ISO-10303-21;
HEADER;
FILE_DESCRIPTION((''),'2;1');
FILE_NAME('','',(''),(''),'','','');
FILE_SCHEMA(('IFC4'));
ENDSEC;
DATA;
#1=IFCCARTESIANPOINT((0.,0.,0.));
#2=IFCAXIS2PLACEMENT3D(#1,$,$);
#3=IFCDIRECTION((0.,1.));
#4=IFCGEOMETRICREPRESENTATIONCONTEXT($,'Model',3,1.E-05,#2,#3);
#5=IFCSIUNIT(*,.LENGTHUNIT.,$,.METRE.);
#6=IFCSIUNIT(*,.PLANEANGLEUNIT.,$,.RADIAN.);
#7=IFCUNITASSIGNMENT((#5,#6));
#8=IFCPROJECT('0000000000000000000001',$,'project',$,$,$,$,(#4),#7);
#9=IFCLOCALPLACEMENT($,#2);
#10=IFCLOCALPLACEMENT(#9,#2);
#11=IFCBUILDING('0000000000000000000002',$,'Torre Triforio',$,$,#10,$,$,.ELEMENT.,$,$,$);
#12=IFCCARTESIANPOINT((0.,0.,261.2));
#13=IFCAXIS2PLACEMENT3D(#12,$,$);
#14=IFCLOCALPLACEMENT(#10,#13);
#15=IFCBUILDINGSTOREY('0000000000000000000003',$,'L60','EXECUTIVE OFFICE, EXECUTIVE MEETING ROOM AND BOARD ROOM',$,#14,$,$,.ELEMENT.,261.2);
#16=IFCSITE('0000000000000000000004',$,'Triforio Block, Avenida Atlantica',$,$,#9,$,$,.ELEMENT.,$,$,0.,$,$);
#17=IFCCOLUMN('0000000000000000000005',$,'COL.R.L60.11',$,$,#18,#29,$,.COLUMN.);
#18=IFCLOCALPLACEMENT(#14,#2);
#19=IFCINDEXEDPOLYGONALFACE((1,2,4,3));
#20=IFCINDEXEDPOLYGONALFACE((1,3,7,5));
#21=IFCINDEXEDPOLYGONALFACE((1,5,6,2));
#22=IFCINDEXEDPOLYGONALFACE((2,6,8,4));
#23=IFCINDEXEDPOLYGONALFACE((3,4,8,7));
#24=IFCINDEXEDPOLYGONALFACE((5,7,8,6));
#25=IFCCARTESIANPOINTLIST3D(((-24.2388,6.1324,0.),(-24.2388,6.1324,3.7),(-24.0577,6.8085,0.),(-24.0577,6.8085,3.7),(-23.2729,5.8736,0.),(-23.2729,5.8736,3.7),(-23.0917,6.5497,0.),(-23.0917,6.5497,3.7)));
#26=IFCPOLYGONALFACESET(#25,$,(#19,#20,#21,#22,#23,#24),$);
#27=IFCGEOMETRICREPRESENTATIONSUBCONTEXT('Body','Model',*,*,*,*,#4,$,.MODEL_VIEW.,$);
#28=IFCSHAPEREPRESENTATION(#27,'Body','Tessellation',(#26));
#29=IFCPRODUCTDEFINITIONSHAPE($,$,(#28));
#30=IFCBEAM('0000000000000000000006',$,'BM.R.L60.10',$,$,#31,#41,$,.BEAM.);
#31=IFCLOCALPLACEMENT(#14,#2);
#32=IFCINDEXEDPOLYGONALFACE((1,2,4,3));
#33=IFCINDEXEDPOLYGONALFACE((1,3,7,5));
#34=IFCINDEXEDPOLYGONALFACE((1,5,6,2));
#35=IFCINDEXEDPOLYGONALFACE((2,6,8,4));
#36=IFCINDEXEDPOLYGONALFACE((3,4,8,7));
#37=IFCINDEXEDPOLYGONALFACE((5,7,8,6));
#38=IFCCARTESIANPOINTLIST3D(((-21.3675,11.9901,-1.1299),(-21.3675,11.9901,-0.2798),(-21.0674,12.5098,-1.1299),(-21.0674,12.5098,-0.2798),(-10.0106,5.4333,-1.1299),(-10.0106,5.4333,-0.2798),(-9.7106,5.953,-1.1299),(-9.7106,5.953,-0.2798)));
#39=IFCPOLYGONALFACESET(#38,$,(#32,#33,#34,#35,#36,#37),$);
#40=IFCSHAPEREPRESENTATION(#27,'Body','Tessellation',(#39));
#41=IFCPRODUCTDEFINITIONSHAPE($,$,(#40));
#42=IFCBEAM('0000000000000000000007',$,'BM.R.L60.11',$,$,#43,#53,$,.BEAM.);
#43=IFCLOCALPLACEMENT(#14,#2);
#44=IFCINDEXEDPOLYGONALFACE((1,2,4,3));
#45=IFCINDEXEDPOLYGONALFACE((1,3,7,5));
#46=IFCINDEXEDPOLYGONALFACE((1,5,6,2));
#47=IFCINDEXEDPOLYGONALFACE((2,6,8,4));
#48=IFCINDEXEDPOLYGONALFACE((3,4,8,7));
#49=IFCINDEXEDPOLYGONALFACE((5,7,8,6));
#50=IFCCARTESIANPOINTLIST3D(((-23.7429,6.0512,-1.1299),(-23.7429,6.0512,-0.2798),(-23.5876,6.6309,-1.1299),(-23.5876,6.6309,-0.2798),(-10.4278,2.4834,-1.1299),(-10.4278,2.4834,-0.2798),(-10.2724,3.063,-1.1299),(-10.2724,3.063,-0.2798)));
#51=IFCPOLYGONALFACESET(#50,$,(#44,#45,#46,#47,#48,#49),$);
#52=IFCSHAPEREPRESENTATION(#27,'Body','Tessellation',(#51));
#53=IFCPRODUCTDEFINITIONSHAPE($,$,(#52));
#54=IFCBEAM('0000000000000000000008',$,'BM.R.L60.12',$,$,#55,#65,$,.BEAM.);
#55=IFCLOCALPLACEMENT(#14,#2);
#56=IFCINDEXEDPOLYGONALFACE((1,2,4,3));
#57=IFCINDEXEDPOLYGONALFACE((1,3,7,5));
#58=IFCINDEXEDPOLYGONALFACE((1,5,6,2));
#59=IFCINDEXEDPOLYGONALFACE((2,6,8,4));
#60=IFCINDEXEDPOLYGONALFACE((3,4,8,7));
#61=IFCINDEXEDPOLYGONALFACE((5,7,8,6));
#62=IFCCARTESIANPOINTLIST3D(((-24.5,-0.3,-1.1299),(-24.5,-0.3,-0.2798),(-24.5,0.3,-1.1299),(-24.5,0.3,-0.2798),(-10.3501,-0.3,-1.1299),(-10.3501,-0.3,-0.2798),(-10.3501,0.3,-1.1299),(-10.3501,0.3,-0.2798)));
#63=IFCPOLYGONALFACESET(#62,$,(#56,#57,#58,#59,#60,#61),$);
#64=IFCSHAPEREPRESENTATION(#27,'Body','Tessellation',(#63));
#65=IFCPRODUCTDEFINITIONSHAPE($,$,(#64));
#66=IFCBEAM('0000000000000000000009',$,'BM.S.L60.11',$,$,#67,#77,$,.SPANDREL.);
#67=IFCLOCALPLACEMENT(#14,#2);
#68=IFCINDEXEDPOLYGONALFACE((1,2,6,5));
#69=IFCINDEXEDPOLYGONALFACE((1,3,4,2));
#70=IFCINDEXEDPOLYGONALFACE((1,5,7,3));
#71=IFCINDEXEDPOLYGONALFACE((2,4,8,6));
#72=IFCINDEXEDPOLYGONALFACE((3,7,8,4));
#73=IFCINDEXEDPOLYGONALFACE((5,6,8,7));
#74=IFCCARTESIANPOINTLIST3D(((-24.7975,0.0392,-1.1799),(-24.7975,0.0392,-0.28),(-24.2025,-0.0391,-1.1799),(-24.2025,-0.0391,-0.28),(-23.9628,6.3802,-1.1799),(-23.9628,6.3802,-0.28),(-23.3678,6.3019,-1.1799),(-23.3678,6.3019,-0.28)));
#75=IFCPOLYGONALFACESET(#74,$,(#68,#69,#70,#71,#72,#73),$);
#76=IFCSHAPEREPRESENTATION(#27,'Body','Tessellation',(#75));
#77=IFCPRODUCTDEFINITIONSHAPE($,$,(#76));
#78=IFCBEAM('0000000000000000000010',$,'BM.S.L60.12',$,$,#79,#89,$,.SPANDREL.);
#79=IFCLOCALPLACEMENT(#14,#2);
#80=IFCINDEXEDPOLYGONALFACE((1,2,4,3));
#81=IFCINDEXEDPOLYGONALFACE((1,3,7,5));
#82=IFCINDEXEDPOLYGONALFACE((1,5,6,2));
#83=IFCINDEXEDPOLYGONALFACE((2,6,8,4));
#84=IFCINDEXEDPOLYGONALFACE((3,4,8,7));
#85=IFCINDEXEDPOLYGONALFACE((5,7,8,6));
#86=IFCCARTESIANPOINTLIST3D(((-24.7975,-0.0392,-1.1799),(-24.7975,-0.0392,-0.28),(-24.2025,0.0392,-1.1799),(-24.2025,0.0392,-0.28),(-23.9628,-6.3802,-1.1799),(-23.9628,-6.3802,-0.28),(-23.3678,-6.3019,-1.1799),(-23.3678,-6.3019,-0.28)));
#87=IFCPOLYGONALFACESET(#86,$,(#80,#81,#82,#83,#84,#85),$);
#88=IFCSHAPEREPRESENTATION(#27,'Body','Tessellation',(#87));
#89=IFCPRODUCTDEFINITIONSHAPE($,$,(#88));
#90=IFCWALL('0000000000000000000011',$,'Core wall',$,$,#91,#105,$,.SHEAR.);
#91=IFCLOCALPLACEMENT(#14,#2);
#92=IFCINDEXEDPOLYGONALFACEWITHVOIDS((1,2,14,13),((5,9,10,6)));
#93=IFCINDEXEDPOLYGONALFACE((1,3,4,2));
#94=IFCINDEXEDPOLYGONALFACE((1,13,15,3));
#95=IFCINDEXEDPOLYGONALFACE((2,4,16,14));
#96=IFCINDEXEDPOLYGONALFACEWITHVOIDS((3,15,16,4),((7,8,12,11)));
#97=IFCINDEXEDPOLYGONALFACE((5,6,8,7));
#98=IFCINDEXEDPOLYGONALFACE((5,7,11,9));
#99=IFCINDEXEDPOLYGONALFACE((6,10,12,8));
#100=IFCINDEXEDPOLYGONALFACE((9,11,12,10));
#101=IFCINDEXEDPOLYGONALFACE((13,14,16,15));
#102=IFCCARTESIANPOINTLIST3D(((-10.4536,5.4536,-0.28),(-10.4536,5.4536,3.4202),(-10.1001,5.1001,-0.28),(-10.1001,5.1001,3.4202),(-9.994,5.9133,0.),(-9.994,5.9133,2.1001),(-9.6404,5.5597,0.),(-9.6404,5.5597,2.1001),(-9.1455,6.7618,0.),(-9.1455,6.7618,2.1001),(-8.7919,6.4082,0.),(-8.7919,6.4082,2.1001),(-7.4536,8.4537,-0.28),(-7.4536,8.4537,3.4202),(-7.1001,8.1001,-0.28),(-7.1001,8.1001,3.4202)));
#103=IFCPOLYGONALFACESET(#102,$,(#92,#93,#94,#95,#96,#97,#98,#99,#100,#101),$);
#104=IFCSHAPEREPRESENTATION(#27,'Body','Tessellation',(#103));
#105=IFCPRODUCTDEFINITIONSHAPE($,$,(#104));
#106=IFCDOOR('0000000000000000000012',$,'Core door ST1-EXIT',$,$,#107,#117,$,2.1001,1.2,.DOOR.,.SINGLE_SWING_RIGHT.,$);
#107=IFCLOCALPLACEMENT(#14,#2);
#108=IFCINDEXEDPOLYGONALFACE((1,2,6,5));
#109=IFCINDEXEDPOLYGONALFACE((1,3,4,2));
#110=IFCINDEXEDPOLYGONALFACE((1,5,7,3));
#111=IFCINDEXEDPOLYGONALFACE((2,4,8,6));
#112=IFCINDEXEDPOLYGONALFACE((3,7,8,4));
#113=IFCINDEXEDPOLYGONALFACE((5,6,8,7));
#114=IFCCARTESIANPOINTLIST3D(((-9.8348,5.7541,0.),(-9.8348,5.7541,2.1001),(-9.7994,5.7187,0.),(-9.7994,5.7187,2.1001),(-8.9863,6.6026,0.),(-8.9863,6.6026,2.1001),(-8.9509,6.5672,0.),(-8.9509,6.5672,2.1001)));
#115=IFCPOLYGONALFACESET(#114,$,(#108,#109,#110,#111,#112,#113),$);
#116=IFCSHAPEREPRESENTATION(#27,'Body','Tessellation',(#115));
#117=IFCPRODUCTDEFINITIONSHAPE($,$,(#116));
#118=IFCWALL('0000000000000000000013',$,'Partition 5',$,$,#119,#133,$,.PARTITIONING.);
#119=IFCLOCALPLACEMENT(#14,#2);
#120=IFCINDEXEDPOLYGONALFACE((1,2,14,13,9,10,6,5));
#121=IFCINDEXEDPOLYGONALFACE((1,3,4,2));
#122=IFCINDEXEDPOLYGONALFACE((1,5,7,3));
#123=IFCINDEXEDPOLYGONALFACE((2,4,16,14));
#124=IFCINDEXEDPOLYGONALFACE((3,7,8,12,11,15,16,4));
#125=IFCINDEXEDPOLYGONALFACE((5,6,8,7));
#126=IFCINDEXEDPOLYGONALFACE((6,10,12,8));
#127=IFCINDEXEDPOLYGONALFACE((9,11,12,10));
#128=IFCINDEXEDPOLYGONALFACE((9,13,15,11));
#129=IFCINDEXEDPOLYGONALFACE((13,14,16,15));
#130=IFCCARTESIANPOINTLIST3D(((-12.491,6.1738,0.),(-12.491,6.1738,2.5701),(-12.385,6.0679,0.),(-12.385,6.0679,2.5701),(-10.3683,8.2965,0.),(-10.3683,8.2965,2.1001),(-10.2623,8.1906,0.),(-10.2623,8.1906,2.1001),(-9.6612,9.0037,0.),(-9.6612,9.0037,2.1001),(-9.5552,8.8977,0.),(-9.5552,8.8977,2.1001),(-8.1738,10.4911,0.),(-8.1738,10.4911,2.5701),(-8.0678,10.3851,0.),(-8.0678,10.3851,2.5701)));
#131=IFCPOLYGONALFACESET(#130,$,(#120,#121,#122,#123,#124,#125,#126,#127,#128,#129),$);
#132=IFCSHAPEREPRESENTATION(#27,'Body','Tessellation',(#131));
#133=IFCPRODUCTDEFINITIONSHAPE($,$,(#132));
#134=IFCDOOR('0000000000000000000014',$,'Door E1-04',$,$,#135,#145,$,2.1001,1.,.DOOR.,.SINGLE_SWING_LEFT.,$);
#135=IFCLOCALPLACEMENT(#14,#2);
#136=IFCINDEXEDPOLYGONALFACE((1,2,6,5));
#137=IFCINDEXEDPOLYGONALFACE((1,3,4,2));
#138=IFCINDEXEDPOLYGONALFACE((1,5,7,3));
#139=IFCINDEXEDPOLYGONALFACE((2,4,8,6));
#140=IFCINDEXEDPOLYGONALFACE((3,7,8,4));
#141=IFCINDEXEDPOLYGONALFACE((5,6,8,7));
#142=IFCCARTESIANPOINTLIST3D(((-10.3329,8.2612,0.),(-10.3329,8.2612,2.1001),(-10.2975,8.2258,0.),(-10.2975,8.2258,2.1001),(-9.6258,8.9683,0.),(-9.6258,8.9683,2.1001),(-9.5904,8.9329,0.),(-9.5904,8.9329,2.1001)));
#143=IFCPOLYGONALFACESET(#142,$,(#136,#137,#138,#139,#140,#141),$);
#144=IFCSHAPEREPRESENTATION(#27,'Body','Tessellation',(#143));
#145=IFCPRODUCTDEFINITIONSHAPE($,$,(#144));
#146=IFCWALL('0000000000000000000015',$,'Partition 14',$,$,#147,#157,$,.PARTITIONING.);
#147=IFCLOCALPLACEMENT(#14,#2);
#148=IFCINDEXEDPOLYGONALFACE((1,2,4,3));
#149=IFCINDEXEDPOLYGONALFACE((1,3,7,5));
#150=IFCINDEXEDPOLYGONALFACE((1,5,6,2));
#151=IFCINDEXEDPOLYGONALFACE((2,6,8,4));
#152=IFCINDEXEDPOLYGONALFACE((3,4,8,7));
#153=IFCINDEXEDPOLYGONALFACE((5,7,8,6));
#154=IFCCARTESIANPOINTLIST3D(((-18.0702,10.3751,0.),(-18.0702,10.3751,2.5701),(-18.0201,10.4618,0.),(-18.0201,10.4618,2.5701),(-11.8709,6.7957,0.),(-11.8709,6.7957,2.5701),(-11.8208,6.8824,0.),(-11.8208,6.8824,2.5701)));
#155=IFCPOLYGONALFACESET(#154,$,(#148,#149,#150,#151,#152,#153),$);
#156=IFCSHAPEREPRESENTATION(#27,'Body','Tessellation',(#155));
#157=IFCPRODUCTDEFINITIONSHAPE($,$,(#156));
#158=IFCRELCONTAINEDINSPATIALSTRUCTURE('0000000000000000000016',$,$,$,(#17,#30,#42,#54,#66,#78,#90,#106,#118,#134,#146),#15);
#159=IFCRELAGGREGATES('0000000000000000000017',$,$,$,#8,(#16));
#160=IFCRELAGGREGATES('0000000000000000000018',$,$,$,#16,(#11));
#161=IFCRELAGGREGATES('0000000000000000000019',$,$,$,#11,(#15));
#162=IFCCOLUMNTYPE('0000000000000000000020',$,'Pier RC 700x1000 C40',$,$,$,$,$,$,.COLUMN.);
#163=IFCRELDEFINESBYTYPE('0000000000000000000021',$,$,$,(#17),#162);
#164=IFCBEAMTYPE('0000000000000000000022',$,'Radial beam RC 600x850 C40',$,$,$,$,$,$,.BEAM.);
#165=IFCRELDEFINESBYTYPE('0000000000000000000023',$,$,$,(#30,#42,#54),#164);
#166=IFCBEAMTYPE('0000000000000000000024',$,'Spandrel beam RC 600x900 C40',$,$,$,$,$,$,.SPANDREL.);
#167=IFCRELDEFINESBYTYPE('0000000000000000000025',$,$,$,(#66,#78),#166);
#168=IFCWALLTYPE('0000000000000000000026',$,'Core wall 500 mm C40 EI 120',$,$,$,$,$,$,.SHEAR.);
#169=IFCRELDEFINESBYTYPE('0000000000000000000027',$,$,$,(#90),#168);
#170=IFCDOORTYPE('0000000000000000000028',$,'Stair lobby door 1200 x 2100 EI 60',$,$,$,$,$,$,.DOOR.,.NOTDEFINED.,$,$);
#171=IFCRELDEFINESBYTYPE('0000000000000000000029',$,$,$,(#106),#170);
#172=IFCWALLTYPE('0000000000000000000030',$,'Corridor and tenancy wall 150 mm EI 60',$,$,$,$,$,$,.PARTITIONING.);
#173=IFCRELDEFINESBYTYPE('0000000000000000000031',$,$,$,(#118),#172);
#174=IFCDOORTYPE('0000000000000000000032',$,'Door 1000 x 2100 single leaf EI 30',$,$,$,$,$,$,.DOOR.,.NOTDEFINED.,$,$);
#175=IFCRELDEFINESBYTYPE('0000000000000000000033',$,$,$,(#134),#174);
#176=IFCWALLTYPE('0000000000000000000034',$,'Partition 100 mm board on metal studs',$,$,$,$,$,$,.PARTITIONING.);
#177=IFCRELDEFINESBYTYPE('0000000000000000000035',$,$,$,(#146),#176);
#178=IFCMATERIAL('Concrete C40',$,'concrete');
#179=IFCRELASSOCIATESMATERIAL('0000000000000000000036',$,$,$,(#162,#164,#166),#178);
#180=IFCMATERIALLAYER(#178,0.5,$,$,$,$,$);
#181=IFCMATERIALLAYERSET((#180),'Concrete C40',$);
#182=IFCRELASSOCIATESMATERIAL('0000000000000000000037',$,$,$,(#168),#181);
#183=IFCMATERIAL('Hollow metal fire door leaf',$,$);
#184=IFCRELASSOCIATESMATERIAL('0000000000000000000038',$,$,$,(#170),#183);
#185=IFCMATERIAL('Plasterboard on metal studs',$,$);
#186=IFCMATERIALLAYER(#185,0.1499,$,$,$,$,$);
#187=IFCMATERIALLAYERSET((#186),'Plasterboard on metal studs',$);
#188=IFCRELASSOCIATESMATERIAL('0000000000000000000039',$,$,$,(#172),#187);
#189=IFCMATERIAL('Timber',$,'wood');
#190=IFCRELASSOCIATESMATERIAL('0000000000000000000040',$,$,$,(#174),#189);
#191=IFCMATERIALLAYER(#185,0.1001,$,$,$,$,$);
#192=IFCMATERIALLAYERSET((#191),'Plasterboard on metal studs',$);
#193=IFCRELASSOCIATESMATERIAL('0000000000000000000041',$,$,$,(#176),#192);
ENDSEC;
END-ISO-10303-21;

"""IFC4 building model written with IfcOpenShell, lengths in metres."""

from ifc_helpers import new_model, si_unit, direction, frame, frame_2d, origin, origin_2d, place, context, subcontext, project, spatial, rectangle, extrude, material, layer, layer_set, material_profile, profile_set, type_object, element, fill, save


model = new_model("IFC4")

# Units and contexts
model_context = context("Model", 3, precision=1e-05, world=origin(), true_north=direction((0.0, 1.0)))
body_context = subcontext(model_context, "Body", "Model", "MODEL_VIEW")
ifc_project = project(units=[si_unit("LENGTHUNIT", "METRE"), si_unit("PLANEANGLEUNIT", "RADIAN")], contexts=[model_context])

# Site, building, storey
site_placement = place(None, origin())
site = spatial("IfcSite", under=ifc_project, at=site_placement, Name="Triforio Block, Avenida Atlantica", CompositionType="ELEMENT", RefElevation=0.0)
building_placement = place(site_placement, origin())
building = spatial("IfcBuilding", under=site, at=building_placement, Name="Torre Triforio", CompositionType="ELEMENT")
storey_placement = place(building_placement, frame((0.0, 0.0, 261.2)))
storey = spatial("IfcBuildingStorey", under=building, at=storey_placement, Name="L60", Description="EXECUTIVE OFFICE, EXECUTIVE MEETING ROOM AND BOARD ROOM", CompositionType="ELEMENT", Elevation=261.2)

# Column
ifc_material_1 = material(Name="Concrete C40", Category="concrete")
ifc_material_profile_1 = material_profile(ifc_material_1, rectangle(XDim=0.7, YDim=1.0, at=origin_2d()), Name="RC 700x1000")
ifc_profile_set_1 = profile_set([ifc_material_profile_1], Name="Concrete C40")
column_type = type_object("IfcColumnType", Name="Pier RC 700x1000 C40", PredefinedType="COLUMN", material=ifc_profile_set_1)
column_placement = place(storey_placement, frame((-23.6653, 6.3411, 0.0), z_axis=(0.0, 0.0, 1.0), x_axis=(-0.258819, -0.965926, 0.0)))
element("IfcColumn", 1, at=column_placement, inside=storey, type_object=column_type, Name="COL.R.L60.11", PredefinedType="COLUMN", context=body_context, shape_type="SweptSolid", body=[
    extrude(rectangle(XDim=0.7, YDim=1.0, at=origin_2d()), origin(), (0.0, 0.0, 1.0), 3.7),
])

# Beams
ifc_material_profile_2 = material_profile(ifc_material_1, rectangle(XDim=0.6001, YDim=0.8501, at=origin_2d()), Name="RC 600x850")
ifc_profile_set_2 = profile_set([ifc_material_profile_2], Name="Concrete C40")
beam_type_1 = type_object("IfcBeamType", Name="Radial beam RC 600x850 C40", PredefinedType="BEAM", material=ifc_profile_set_2)
beam_1_placement = place(storey_placement, frame((-9.8606, 5.6931, -0.7048), z_axis=(-0.866027, 0.499997, 0.0), x_axis=(-0.499997, -0.866027, 0.0)))
element("IfcBeam", 2, at=beam_1_placement, inside=storey, type_object=beam_type_1, Name="BM.R.L60.10", PredefinedType="BEAM", context=body_context, shape_type="SweptSolid", body=[
    extrude(rectangle(XDim=0.6001, YDim=0.8501, at=origin_2d()), origin(), (0.0, 0.0, 1.0), 13.1138),
])
beam_2_placement = place(storey_placement, frame((-10.3501, 2.7732, -0.7048), z_axis=(-0.965924, 0.258824, 0.0), x_axis=(-0.258824, -0.965924, 0.0)))
element("IfcBeam", 3, at=beam_2_placement, inside=storey, type_object=beam_type_1, Name="BM.R.L60.11", PredefinedType="BEAM", context=body_context, shape_type="SweptSolid", body=[
    extrude(rectangle(XDim=0.6001, YDim=0.8501, at=origin_2d()), origin(), (0.0, 0.0, 1.0), 13.7849),
])
beam_3_placement = place(storey_placement, frame((-10.3501, 0.0, -0.7048), z_axis=(-1.0, 0.0, 0.0), x_axis=(0.0, -1.0, 0.0)))
element("IfcBeam", 4, at=beam_3_placement, inside=storey, type_object=beam_type_1, Name="BM.R.L60.12", PredefinedType="BEAM", context=body_context, shape_type="SweptSolid", body=[
    extrude(rectangle(XDim=0.6001, YDim=0.8501, at=origin_2d()), origin(), (0.0, 0.0, 1.0), 14.1499),
])
ifc_material_profile_3 = material_profile(ifc_material_1, rectangle(XDim=0.6001, YDim=0.8999, at=origin_2d()), Name="RC 600x900")
ifc_profile_set_3 = profile_set([ifc_material_profile_3], Name="Concrete C40")
beam_type_2 = type_object("IfcBeamType", Name="Spandrel beam RC 600x900 C40", PredefinedType="SPANDREL", material=ifc_profile_set_3)
for number, where, z_axis, x_axis, name in (
    (5, (-23.6653, 6.3411, -0.73), (-0.130511, -0.991447, 0.0), (0.991447, -0.130511, 0.0), "BM.S.L60.11"),
    (6, (-24.5, 0.0, -0.73), (0.130511, -0.991447, 0.0), (0.991447, 0.130511, 0.0), "BM.S.L60.12"),
):
    element("IfcBeam", number, at=place(storey_placement, frame(where, z_axis=z_axis, x_axis=x_axis)), inside=storey, type_object=beam_type_2, Name=name, PredefinedType="SPANDREL", context=body_context, shape_type="SweptSolid", body=[
        extrude(rectangle(XDim=0.6001, YDim=0.8999, at=origin_2d()), origin(), (0.0, 0.0, 1.0), 6.3958),
    ])

# Walls, openings, doors
ifc_layer_1 = layer(ifc_material_1, 0.5)
ifc_layer_set_1 = layer_set([ifc_layer_1], Name="Concrete C40")
wall_type_1 = type_object("IfcWallType", Name="Core wall 500 mm C40 EI 120", PredefinedType="SHEAR", material=ifc_layer_set_1)
wall_1_placement = place(storey_placement, frame((-10.2769, 5.2769, -0.28), z_axis=(0.0, 0.0, 1.0), x_axis=(0.707107, 0.707107, 0.0)))
wall_1 = element("IfcWall", 7, at=wall_1_placement, inside=storey, type_object=wall_type_1, Name="Core wall", PredefinedType="SHEAR", context=body_context, shape_type="SweptSolid", body=[
    extrude(rectangle(XDim=4.2427, YDim=0.5, at=frame_2d((2.1213, 0.0))), origin(), (0.0, 0.0, 1.0), 3.7002),
])
opening_1_placement = place(wall_1_placement, frame((0.6499, 0.0, 0.28)))
opening_1 = element("IfcOpeningElement", 8, at=opening_1_placement, cuts=wall_1, PredefinedType="OPENING", context=body_context, shape_type="SweptSolid", body=[
    extrude(rectangle(XDim=1.2, YDim=2.1001, at=frame_2d((0.6001, 1.05))), frame((0.0, 0.26, 0.0), z_axis=(0.0, -1.0, 0.0), x_axis=(1.0, 0.0, 0.0)), (0.0, 0.0, 1.0), 0.52),
])
ifc_material_2 = material(Name="Hollow metal fire door leaf")
door_type_1 = type_object("IfcDoorType", Name="Stair lobby door 1200 x 2100 EI 60", OperationType="NOTDEFINED", PredefinedType="DOOR", material=ifc_material_2)
door_1_placement = place(opening_1_placement, origin())
door_1 = element("IfcDoor", 9, at=door_1_placement, inside=storey, type_object=door_type_1, Name="Core door ST1-EXIT", OperationType="SINGLE_SWING_RIGHT", OverallHeight=2.1001, OverallWidth=1.2, PredefinedType="DOOR", context=body_context, shape_type="SweptSolid", body=[
    extrude(rectangle(XDim=1.2, YDim=2.1001, at=frame_2d((0.6001, 1.05))), frame((0.0, 0.0249, 0.0), z_axis=(0.0, -1.0, 0.0), x_axis=(1.0, 0.0, 0.0)), (0.0, 0.0, 1.0), 0.05),
])
fill(opening_1, door_1)
ifc_material_3 = material(Name="Plasterboard on metal studs")
ifc_layer_2 = layer(ifc_material_3, 0.1499)
ifc_layer_set_2 = layer_set([ifc_layer_2], Name="Plasterboard on metal studs")
wall_type_2 = type_object("IfcWallType", Name="Corridor and tenancy wall 150 mm EI 60", PredefinedType="PARTITIONING", material=ifc_layer_set_2)
wall_2_placement = place(storey_placement, frame((-12.438, 6.1208, 0.0), z_axis=(0.0, 0.0, 1.0), x_axis=(0.707107, 0.707107, 0.0)))
wall_2 = element("IfcWall", 10, at=wall_2_placement, inside=storey, type_object=wall_type_2, Name="Partition 5", PredefinedType="PARTITIONING", context=body_context, shape_type="SweptSolid", body=[
    extrude(rectangle(XDim=6.1055, YDim=0.1499, at=frame_2d((3.0527, 0.0))), origin(), (0.0, 0.0, 1.0), 2.5701),
])
opening_2_placement = place(wall_2_placement, frame((3.002, 0.0, 0.0)))
opening_2 = element("IfcOpeningElement", 11, at=opening_2_placement, cuts=wall_2, PredefinedType="OPENING", context=body_context, shape_type="SweptSolid", body=[
    extrude(rectangle(XDim=1.0, YDim=2.1001, at=frame_2d((0.5, 1.05))), frame((0.0, 0.085, 0.0), z_axis=(0.0, -1.0, 0.0), x_axis=(1.0, 0.0, 0.0)), (0.0, 0.0, 1.0), 0.1699),
])
ifc_material_4 = material(Name="Timber", Category="wood")
door_type_2 = type_object("IfcDoorType", Name="Door 1000 x 2100 single leaf EI 30", OperationType="NOTDEFINED", PredefinedType="DOOR", material=ifc_material_4)
door_2_placement = place(opening_2_placement, origin())
door_2 = element("IfcDoor", 12, at=door_2_placement, inside=storey, type_object=door_type_2, Name="Door E1-04", OperationType="SINGLE_SWING_LEFT", OverallHeight=2.1001, OverallWidth=1.0, PredefinedType="DOOR", context=body_context, shape_type="SweptSolid", body=[
    extrude(rectangle(XDim=1.0, YDim=2.1001, at=frame_2d((0.5, 1.05))), frame((0.0, 0.0249, 0.0), z_axis=(0.0, -1.0, 0.0), x_axis=(1.0, 0.0, 0.0)), (0.0, 0.0, 1.0), 0.05),
])
fill(opening_2, door_2)

# Wall
ifc_layer_3 = layer(ifc_material_3, 0.1001)
ifc_layer_set_3 = layer_set([ifc_layer_3], Name="Plasterboard on metal studs")
wall_type_3 = type_object("IfcWallType", Name="Partition 100 mm board on metal studs", PredefinedType="PARTITIONING", material=ifc_layer_set_3)
wall_3_placement = place(storey_placement, frame((-11.8459, 6.8391, 0.0), z_axis=(0.0, 0.0, 1.0), x_axis=(-0.866012, 0.500024, 0.0)))
element("IfcWall", 13, at=wall_3_placement, inside=storey, type_object=wall_type_3, Name="Partition 14", PredefinedType="PARTITIONING", context=body_context, shape_type="SweptSolid", body=[
    extrude(rectangle(XDim=7.1584, YDim=0.1001, at=frame_2d((3.5791, 0.0))), origin(), (0.0, 0.0, 1.0), 2.5701),
])

save(model, "model.ifc")
